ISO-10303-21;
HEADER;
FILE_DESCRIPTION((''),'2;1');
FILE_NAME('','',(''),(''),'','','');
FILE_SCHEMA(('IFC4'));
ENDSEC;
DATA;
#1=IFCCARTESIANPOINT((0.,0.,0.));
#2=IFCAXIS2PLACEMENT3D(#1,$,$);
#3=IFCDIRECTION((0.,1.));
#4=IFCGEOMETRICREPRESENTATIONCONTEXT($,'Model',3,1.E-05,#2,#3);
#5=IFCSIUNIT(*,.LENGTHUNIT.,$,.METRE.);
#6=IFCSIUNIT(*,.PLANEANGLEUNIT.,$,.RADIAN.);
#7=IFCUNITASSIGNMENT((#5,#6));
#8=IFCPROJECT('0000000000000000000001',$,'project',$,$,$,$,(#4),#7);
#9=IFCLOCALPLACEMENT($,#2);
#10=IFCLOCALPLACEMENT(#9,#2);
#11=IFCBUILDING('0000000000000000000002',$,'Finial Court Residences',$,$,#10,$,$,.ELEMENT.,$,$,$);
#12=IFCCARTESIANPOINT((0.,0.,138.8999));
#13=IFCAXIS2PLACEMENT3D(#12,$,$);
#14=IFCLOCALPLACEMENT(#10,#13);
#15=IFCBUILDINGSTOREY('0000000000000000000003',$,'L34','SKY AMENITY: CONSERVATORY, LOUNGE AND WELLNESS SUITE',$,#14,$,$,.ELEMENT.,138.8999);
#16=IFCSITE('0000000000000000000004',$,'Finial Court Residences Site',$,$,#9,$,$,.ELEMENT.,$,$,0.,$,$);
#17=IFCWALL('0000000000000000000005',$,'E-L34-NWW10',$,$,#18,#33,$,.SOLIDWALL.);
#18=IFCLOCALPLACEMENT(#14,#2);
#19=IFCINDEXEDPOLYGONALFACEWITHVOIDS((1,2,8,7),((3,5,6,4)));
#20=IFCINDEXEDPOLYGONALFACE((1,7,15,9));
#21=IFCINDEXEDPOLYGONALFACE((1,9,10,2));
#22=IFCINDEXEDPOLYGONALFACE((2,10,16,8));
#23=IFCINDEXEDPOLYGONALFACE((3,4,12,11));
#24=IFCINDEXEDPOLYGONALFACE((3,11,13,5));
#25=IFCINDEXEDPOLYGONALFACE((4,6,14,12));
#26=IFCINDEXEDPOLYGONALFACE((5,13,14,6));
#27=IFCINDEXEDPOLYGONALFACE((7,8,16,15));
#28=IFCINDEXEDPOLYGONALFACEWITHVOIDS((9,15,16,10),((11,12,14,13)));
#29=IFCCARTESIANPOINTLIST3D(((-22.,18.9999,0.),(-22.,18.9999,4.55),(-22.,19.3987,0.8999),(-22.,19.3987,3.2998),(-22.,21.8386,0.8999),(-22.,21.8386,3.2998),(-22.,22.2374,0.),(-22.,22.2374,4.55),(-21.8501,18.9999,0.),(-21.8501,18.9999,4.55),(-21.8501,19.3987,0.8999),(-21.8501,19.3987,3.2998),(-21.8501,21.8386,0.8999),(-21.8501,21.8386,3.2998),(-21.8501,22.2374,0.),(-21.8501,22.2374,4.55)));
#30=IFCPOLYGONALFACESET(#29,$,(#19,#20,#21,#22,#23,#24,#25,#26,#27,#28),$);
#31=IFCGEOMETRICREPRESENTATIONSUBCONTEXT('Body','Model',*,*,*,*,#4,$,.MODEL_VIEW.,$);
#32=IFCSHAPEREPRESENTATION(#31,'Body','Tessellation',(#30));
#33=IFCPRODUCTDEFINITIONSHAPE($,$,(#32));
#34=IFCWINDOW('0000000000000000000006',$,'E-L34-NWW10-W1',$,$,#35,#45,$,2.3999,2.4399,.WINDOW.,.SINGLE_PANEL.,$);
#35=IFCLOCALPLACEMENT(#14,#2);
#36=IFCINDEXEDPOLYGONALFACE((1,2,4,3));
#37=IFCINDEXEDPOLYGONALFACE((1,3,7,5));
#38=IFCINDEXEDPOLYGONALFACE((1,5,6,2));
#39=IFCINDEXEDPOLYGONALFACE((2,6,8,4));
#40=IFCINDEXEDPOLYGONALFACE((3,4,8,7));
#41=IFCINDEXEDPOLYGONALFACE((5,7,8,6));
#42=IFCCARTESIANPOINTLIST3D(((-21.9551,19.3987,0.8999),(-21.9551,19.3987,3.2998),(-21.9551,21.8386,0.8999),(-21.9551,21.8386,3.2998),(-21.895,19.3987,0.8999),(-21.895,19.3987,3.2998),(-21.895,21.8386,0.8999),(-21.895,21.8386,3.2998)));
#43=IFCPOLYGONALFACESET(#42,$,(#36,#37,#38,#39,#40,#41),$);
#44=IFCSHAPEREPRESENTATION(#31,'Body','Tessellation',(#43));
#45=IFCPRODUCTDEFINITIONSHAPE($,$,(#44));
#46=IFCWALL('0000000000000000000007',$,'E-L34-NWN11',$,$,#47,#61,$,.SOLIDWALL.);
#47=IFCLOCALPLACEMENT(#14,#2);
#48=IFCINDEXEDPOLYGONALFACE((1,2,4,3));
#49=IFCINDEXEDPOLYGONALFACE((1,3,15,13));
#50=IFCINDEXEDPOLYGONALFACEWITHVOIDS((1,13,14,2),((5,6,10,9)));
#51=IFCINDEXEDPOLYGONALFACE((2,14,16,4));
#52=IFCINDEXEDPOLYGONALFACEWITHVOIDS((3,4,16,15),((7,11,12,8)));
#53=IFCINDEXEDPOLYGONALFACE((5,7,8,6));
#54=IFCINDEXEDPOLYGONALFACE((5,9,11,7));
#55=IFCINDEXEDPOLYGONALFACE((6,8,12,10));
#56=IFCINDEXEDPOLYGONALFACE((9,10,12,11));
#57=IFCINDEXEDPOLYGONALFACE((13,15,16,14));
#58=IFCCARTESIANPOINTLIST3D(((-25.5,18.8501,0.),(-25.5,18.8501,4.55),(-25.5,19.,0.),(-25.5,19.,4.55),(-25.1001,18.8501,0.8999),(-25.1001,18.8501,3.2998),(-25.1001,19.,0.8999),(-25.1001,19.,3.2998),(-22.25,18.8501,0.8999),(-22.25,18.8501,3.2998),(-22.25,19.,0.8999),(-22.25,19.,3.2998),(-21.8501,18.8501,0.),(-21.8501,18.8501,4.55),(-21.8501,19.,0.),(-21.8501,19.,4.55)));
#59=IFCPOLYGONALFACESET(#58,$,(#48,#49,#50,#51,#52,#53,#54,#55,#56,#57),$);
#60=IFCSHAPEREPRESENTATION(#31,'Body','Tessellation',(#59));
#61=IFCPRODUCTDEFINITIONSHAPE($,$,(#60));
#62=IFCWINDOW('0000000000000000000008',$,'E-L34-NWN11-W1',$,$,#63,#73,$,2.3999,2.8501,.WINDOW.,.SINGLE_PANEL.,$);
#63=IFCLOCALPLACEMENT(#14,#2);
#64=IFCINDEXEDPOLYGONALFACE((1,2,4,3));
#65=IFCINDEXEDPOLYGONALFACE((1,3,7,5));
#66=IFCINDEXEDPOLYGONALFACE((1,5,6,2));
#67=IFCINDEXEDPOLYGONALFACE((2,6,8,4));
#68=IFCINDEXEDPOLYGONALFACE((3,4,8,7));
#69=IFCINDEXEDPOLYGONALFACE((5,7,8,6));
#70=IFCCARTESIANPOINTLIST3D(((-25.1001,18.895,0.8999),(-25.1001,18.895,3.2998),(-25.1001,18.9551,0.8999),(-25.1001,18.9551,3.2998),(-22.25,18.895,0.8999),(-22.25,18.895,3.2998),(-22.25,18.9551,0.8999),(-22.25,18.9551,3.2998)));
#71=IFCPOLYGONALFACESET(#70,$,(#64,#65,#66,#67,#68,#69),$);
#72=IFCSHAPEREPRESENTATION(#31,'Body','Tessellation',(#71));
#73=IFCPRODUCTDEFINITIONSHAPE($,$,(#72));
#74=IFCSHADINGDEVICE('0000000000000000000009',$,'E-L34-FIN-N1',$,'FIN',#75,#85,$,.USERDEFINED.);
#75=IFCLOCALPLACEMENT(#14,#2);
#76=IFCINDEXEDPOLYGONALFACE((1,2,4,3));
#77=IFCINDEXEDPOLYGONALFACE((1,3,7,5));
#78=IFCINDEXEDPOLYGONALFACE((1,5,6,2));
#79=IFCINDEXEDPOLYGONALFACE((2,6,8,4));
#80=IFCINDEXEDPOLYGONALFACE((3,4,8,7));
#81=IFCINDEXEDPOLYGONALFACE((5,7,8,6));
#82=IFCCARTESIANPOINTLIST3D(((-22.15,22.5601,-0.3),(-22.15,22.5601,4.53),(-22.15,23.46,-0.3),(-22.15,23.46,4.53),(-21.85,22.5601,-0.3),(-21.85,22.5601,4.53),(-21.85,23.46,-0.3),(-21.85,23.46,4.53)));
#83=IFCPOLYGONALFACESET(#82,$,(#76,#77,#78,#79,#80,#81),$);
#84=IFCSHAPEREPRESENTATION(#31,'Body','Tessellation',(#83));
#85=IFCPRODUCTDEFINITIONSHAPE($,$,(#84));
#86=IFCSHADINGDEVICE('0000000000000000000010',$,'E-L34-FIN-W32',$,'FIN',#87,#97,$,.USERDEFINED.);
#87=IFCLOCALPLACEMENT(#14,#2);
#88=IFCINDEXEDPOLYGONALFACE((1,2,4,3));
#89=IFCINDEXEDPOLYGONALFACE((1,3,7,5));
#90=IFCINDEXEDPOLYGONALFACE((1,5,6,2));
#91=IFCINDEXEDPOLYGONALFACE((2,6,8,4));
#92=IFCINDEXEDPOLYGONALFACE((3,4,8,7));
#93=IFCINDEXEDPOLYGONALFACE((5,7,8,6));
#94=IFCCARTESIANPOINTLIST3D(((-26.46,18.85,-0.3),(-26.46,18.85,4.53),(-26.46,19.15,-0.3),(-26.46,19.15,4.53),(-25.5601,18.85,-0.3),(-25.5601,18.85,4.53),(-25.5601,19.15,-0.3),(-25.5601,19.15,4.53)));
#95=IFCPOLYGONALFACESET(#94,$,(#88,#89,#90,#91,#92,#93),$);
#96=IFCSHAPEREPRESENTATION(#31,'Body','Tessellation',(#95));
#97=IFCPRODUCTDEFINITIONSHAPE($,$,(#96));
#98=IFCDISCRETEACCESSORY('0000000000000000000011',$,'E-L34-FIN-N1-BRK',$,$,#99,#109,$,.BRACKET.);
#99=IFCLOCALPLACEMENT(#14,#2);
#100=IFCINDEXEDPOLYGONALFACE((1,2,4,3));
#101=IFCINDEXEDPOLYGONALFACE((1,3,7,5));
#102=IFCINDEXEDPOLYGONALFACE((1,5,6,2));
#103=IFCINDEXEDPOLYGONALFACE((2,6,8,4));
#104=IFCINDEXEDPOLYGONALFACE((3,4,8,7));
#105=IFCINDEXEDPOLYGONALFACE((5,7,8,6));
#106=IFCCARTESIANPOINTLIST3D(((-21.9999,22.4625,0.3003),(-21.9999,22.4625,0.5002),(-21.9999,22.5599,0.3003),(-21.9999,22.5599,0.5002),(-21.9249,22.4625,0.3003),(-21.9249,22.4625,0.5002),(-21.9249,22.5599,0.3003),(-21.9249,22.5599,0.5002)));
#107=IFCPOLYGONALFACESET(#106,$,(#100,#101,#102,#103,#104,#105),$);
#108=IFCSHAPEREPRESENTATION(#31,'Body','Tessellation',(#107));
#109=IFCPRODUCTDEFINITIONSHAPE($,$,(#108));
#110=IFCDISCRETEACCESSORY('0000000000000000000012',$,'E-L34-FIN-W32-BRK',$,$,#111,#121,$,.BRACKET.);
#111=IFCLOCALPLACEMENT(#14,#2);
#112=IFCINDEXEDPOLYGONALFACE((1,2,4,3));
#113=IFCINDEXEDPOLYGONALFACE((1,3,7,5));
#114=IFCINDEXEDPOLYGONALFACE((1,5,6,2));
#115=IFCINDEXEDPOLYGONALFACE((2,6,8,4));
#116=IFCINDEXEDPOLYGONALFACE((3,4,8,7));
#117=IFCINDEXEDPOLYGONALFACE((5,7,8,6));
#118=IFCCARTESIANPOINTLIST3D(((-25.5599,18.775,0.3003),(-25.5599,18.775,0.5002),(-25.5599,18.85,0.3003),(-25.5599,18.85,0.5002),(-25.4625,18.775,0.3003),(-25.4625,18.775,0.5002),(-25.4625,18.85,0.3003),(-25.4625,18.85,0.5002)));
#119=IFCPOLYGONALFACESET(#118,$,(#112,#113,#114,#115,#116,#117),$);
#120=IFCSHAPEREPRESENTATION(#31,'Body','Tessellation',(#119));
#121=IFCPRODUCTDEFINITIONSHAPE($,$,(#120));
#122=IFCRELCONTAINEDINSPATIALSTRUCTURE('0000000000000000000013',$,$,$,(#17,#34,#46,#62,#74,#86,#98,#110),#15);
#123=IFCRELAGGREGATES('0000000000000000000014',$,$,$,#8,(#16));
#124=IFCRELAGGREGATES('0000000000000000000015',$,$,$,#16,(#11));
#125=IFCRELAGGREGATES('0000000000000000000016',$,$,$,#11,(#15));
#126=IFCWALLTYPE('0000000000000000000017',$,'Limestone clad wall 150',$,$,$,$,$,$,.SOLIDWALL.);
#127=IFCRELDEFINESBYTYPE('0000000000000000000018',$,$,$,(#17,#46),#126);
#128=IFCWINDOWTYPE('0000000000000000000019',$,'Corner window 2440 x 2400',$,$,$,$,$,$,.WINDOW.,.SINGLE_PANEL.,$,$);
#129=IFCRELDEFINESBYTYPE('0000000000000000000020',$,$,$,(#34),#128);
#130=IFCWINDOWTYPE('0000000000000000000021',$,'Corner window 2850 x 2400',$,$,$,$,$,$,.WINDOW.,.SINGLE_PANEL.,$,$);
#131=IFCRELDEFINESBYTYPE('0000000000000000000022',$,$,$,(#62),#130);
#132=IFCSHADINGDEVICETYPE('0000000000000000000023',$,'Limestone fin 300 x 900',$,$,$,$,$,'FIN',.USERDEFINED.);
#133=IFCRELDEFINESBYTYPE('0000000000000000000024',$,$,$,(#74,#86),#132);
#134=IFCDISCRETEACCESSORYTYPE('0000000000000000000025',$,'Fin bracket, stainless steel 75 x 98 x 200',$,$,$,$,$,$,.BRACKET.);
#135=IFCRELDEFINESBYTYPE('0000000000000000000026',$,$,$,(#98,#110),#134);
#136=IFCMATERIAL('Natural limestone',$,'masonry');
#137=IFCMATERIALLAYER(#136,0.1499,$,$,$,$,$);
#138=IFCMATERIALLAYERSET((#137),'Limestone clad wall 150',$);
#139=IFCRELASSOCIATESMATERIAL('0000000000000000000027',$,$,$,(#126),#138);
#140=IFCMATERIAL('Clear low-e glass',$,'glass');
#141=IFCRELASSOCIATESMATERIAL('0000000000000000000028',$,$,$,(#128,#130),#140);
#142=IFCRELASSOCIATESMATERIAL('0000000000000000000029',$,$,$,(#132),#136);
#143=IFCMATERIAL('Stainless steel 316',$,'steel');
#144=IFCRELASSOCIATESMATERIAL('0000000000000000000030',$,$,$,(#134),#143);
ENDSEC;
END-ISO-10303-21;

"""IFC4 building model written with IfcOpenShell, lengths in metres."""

from ifc_helpers import new_model, si_unit, direction, frame, frame_2d, origin, origin_2d, place, context, subcontext, project, spatial, rectangle, extrude, material, layer, layer_set, type_object, element, fill, save


model = new_model("IFC4")

# Units and contexts
model_context = context("Model", 3, precision=1e-05, world=origin(), true_north=direction((0.0, 1.0)))
body_context = subcontext(model_context, "Body", "Model", "MODEL_VIEW")
ifc_project = project(units=[si_unit("LENGTHUNIT", "METRE"), si_unit("PLANEANGLEUNIT", "RADIAN")], contexts=[model_context])

# Site, building, storey
site_placement = place(None, origin())
site = spatial("IfcSite", under=ifc_project, at=site_placement, Name="Finial Court Residences Site", CompositionType="ELEMENT", RefElevation=0.0)
building_placement = place(site_placement, origin())
building = spatial("IfcBuilding", under=site, at=building_placement, Name="Finial Court Residences", CompositionType="ELEMENT")
storey_placement = place(building_placement, frame((0.0, 0.0, 138.8999)))
storey = spatial("IfcBuildingStorey", under=building, at=storey_placement, Name="L34", Description="SKY AMENITY: CONSERVATORY, LOUNGE AND WELLNESS SUITE", CompositionType="ELEMENT", Elevation=138.8999)

# Shared definitions
ifc_material_1 = material(Name="Clear low-e glass", Category="glass")

# Walls, openings, windows
ifc_material_2 = material(Name="Natural limestone", Category="masonry")
ifc_layer_1 = layer(ifc_material_2, 0.1499)
ifc_layer_set_1 = layer_set([ifc_layer_1], Name="Limestone clad wall 150")
wall_type_1 = type_object("IfcWallType", Name="Limestone clad wall 150", PredefinedType="SOLIDWALL", material=ifc_layer_set_1)
wall_1_placement = place(storey_placement, frame((-21.925, 19.0, 0.0), z_axis=(0.0, 0.0, 1.0), x_axis=(0.0, 1.0, 0.0)))
wall_1 = element("IfcWall", 1, at=wall_1_placement, inside=storey, type_object=wall_type_1, Name="E-L34-NWW10", PredefinedType="SOLIDWALL", context=body_context, shape_type="SweptSolid", body=[
    extrude(rectangle(XDim=3.2375, YDim=0.1499, at=frame_2d((1.6187, 0.0))), origin(), (0.0, 0.0, 1.0), 4.55),
])
opening_1_placement = place(wall_1_placement, frame((0.3987, 0.0, 0.8999)))
opening_1 = element("IfcOpeningElement", 2, at=opening_1_placement, cuts=wall_1, PredefinedType="OPENING", context=body_context, shape_type="SweptSolid", body=[
    extrude(rectangle(XDim=2.4399, YDim=2.3999, at=frame_2d((1.22, 1.2))), frame((0.0, 0.085, 0.0), z_axis=(0.0, -1.0, 0.0), x_axis=(1.0, 0.0, 0.0)), (0.0, 0.0, 1.0), 0.1699),
])
window_type_1 = type_object("IfcWindowType", Name="Corner window 2440 x 2400", PartitioningType="SINGLE_PANEL", PredefinedType="WINDOW", material=ifc_material_1)
window_1_placement = place(opening_1_placement, origin())
window_1 = element("IfcWindow", 3, at=window_1_placement, inside=storey, type_object=window_type_1, Name="E-L34-NWW10-W1", OverallHeight=2.3999, OverallWidth=2.4399, PartitioningType="SINGLE_PANEL", PredefinedType="WINDOW", context=body_context, shape_type="SweptSolid", body=[
    extrude(rectangle(XDim=2.4399, YDim=2.3999, at=frame_2d((1.22, 1.2))), frame((0.0, 0.03, 0.0), z_axis=(0.0, -1.0, 0.0), x_axis=(1.0, 0.0, 0.0)), (0.0, 0.0, 1.0), 0.0601),
])
fill(opening_1, window_1)
wall_2_placement = place(storey_placement, frame((-25.5, 18.925, 0.0), z_axis=(0.0, 0.0, 1.0), x_axis=(1.0, 0.0, 0.0)))
wall_2 = element("IfcWall", 4, at=wall_2_placement, inside=storey, type_object=wall_type_1, Name="E-L34-NWN11", PredefinedType="SOLIDWALL", context=body_context, shape_type="SweptSolid", body=[
    extrude(rectangle(XDim=3.6499, YDim=0.1499, at=frame_2d((1.825, 0.0))), origin(), (0.0, 0.0, 1.0), 4.55),
])
opening_2_placement = place(wall_2_placement, frame((0.3999, 0.0, 0.8999)))
opening_2 = element("IfcOpeningElement", 5, at=opening_2_placement, cuts=wall_2, PredefinedType="OPENING", context=body_context, shape_type="SweptSolid", body=[
    extrude(rectangle(XDim=2.8501, YDim=2.3999, at=frame_2d((1.425, 1.2))), frame((0.0, 0.085, 0.0), z_axis=(0.0, -1.0, 0.0), x_axis=(1.0, 0.0, 0.0)), (0.0, 0.0, 1.0), 0.1699),
])
window_type_2 = type_object("IfcWindowType", Name="Corner window 2850 x 2400", PartitioningType="SINGLE_PANEL", PredefinedType="WINDOW", material=ifc_material_1)
window_2_placement = place(opening_2_placement, origin())
window_2 = element("IfcWindow", 6, at=window_2_placement, inside=storey, type_object=window_type_2, Name="E-L34-NWN11-W1", OverallHeight=2.3999, OverallWidth=2.8501, PartitioningType="SINGLE_PANEL", PredefinedType="WINDOW", context=body_context, shape_type="SweptSolid", body=[
    extrude(rectangle(XDim=2.8501, YDim=2.3999, at=frame_2d((1.425, 1.2))), frame((0.0, 0.03, 0.0), z_axis=(0.0, -1.0, 0.0), x_axis=(1.0, 0.0, 0.0)), (0.0, 0.0, 1.0), 0.0601),
])
fill(opening_2, window_2)

# Shading devices
shading_device_type = type_object("IfcShadingDeviceType", Name="Limestone fin 300 x 900", ElementType="FIN", PredefinedType="USERDEFINED", material=ifc_material_2)
shading_device_1_placement = place(storey_placement, frame((-22.0, 23.01, -0.3), z_axis=(0.0, 0.0, 1.0), x_axis=(1.0, 0.0, 0.0)))
element("IfcShadingDevice", 7, at=shading_device_1_placement, inside=storey, type_object=shading_device_type, Name="E-L34-FIN-N1", ObjectType="FIN", PredefinedType="USERDEFINED", context=body_context, shape_type="SweptSolid", body=[
    extrude(rectangle(XDim=0.3, YDim=0.8999, at=origin_2d()), origin(), (0.0, 0.0, 1.0), 4.8301),
])
shading_device_2_placement = place(storey_placement, frame((-26.01, 19.0, -0.3), z_axis=(0.0, 0.0, 1.0), x_axis=(1.0, 0.0, 0.0)))
element("IfcShadingDevice", 8, at=shading_device_2_placement, inside=storey, type_object=shading_device_type, Name="E-L34-FIN-W32", ObjectType="FIN", PredefinedType="USERDEFINED", context=body_context, shape_type="SweptSolid", body=[
    extrude(rectangle(XDim=0.8999, YDim=0.3, at=origin_2d()), origin(), (0.0, 0.0, 1.0), 4.8301),
])

# Discrete accessories
ifc_material_3 = material(Name="Stainless steel 316", Category="steel")
discrete_accessory_type = type_object("IfcDiscreteAccessoryType", Name="Fin bracket, stainless steel 75 x 98 x 200", PredefinedType="BRACKET", material=ifc_material_3)
discrete_accessory_1_placement = place(storey_placement, frame((-21.9624, 22.5112, 0.3003), z_axis=(0.0, 0.0, 1.0), x_axis=(1.0, 0.0, 0.0)))
element("IfcDiscreteAccessory", 9, at=discrete_accessory_1_placement, inside=storey, type_object=discrete_accessory_type, Name="E-L34-FIN-N1-BRK", PredefinedType="BRACKET", context=body_context, shape_type="SweptSolid", body=[
    extrude(rectangle(XDim=0.075, YDim=0.0974, at=origin_2d()), origin(), (0.0, 0.0, 1.0), 0.2),
])
discrete_accessory_2_placement = place(storey_placement, frame((-25.5112, 18.8125, 0.3003), z_axis=(0.0, 0.0, 1.0), x_axis=(1.0, 0.0, 0.0)))
element("IfcDiscreteAccessory", 10, at=discrete_accessory_2_placement, inside=storey, type_object=discrete_accessory_type, Name="E-L34-FIN-W32-BRK", PredefinedType="BRACKET", context=body_context, shape_type="SweptSolid", body=[
    extrude(rectangle(XDim=0.0974, YDim=0.075, at=origin_2d()), origin(), (0.0, 0.0, 1.0), 0.2),
])

save(model, "model.ifc")
